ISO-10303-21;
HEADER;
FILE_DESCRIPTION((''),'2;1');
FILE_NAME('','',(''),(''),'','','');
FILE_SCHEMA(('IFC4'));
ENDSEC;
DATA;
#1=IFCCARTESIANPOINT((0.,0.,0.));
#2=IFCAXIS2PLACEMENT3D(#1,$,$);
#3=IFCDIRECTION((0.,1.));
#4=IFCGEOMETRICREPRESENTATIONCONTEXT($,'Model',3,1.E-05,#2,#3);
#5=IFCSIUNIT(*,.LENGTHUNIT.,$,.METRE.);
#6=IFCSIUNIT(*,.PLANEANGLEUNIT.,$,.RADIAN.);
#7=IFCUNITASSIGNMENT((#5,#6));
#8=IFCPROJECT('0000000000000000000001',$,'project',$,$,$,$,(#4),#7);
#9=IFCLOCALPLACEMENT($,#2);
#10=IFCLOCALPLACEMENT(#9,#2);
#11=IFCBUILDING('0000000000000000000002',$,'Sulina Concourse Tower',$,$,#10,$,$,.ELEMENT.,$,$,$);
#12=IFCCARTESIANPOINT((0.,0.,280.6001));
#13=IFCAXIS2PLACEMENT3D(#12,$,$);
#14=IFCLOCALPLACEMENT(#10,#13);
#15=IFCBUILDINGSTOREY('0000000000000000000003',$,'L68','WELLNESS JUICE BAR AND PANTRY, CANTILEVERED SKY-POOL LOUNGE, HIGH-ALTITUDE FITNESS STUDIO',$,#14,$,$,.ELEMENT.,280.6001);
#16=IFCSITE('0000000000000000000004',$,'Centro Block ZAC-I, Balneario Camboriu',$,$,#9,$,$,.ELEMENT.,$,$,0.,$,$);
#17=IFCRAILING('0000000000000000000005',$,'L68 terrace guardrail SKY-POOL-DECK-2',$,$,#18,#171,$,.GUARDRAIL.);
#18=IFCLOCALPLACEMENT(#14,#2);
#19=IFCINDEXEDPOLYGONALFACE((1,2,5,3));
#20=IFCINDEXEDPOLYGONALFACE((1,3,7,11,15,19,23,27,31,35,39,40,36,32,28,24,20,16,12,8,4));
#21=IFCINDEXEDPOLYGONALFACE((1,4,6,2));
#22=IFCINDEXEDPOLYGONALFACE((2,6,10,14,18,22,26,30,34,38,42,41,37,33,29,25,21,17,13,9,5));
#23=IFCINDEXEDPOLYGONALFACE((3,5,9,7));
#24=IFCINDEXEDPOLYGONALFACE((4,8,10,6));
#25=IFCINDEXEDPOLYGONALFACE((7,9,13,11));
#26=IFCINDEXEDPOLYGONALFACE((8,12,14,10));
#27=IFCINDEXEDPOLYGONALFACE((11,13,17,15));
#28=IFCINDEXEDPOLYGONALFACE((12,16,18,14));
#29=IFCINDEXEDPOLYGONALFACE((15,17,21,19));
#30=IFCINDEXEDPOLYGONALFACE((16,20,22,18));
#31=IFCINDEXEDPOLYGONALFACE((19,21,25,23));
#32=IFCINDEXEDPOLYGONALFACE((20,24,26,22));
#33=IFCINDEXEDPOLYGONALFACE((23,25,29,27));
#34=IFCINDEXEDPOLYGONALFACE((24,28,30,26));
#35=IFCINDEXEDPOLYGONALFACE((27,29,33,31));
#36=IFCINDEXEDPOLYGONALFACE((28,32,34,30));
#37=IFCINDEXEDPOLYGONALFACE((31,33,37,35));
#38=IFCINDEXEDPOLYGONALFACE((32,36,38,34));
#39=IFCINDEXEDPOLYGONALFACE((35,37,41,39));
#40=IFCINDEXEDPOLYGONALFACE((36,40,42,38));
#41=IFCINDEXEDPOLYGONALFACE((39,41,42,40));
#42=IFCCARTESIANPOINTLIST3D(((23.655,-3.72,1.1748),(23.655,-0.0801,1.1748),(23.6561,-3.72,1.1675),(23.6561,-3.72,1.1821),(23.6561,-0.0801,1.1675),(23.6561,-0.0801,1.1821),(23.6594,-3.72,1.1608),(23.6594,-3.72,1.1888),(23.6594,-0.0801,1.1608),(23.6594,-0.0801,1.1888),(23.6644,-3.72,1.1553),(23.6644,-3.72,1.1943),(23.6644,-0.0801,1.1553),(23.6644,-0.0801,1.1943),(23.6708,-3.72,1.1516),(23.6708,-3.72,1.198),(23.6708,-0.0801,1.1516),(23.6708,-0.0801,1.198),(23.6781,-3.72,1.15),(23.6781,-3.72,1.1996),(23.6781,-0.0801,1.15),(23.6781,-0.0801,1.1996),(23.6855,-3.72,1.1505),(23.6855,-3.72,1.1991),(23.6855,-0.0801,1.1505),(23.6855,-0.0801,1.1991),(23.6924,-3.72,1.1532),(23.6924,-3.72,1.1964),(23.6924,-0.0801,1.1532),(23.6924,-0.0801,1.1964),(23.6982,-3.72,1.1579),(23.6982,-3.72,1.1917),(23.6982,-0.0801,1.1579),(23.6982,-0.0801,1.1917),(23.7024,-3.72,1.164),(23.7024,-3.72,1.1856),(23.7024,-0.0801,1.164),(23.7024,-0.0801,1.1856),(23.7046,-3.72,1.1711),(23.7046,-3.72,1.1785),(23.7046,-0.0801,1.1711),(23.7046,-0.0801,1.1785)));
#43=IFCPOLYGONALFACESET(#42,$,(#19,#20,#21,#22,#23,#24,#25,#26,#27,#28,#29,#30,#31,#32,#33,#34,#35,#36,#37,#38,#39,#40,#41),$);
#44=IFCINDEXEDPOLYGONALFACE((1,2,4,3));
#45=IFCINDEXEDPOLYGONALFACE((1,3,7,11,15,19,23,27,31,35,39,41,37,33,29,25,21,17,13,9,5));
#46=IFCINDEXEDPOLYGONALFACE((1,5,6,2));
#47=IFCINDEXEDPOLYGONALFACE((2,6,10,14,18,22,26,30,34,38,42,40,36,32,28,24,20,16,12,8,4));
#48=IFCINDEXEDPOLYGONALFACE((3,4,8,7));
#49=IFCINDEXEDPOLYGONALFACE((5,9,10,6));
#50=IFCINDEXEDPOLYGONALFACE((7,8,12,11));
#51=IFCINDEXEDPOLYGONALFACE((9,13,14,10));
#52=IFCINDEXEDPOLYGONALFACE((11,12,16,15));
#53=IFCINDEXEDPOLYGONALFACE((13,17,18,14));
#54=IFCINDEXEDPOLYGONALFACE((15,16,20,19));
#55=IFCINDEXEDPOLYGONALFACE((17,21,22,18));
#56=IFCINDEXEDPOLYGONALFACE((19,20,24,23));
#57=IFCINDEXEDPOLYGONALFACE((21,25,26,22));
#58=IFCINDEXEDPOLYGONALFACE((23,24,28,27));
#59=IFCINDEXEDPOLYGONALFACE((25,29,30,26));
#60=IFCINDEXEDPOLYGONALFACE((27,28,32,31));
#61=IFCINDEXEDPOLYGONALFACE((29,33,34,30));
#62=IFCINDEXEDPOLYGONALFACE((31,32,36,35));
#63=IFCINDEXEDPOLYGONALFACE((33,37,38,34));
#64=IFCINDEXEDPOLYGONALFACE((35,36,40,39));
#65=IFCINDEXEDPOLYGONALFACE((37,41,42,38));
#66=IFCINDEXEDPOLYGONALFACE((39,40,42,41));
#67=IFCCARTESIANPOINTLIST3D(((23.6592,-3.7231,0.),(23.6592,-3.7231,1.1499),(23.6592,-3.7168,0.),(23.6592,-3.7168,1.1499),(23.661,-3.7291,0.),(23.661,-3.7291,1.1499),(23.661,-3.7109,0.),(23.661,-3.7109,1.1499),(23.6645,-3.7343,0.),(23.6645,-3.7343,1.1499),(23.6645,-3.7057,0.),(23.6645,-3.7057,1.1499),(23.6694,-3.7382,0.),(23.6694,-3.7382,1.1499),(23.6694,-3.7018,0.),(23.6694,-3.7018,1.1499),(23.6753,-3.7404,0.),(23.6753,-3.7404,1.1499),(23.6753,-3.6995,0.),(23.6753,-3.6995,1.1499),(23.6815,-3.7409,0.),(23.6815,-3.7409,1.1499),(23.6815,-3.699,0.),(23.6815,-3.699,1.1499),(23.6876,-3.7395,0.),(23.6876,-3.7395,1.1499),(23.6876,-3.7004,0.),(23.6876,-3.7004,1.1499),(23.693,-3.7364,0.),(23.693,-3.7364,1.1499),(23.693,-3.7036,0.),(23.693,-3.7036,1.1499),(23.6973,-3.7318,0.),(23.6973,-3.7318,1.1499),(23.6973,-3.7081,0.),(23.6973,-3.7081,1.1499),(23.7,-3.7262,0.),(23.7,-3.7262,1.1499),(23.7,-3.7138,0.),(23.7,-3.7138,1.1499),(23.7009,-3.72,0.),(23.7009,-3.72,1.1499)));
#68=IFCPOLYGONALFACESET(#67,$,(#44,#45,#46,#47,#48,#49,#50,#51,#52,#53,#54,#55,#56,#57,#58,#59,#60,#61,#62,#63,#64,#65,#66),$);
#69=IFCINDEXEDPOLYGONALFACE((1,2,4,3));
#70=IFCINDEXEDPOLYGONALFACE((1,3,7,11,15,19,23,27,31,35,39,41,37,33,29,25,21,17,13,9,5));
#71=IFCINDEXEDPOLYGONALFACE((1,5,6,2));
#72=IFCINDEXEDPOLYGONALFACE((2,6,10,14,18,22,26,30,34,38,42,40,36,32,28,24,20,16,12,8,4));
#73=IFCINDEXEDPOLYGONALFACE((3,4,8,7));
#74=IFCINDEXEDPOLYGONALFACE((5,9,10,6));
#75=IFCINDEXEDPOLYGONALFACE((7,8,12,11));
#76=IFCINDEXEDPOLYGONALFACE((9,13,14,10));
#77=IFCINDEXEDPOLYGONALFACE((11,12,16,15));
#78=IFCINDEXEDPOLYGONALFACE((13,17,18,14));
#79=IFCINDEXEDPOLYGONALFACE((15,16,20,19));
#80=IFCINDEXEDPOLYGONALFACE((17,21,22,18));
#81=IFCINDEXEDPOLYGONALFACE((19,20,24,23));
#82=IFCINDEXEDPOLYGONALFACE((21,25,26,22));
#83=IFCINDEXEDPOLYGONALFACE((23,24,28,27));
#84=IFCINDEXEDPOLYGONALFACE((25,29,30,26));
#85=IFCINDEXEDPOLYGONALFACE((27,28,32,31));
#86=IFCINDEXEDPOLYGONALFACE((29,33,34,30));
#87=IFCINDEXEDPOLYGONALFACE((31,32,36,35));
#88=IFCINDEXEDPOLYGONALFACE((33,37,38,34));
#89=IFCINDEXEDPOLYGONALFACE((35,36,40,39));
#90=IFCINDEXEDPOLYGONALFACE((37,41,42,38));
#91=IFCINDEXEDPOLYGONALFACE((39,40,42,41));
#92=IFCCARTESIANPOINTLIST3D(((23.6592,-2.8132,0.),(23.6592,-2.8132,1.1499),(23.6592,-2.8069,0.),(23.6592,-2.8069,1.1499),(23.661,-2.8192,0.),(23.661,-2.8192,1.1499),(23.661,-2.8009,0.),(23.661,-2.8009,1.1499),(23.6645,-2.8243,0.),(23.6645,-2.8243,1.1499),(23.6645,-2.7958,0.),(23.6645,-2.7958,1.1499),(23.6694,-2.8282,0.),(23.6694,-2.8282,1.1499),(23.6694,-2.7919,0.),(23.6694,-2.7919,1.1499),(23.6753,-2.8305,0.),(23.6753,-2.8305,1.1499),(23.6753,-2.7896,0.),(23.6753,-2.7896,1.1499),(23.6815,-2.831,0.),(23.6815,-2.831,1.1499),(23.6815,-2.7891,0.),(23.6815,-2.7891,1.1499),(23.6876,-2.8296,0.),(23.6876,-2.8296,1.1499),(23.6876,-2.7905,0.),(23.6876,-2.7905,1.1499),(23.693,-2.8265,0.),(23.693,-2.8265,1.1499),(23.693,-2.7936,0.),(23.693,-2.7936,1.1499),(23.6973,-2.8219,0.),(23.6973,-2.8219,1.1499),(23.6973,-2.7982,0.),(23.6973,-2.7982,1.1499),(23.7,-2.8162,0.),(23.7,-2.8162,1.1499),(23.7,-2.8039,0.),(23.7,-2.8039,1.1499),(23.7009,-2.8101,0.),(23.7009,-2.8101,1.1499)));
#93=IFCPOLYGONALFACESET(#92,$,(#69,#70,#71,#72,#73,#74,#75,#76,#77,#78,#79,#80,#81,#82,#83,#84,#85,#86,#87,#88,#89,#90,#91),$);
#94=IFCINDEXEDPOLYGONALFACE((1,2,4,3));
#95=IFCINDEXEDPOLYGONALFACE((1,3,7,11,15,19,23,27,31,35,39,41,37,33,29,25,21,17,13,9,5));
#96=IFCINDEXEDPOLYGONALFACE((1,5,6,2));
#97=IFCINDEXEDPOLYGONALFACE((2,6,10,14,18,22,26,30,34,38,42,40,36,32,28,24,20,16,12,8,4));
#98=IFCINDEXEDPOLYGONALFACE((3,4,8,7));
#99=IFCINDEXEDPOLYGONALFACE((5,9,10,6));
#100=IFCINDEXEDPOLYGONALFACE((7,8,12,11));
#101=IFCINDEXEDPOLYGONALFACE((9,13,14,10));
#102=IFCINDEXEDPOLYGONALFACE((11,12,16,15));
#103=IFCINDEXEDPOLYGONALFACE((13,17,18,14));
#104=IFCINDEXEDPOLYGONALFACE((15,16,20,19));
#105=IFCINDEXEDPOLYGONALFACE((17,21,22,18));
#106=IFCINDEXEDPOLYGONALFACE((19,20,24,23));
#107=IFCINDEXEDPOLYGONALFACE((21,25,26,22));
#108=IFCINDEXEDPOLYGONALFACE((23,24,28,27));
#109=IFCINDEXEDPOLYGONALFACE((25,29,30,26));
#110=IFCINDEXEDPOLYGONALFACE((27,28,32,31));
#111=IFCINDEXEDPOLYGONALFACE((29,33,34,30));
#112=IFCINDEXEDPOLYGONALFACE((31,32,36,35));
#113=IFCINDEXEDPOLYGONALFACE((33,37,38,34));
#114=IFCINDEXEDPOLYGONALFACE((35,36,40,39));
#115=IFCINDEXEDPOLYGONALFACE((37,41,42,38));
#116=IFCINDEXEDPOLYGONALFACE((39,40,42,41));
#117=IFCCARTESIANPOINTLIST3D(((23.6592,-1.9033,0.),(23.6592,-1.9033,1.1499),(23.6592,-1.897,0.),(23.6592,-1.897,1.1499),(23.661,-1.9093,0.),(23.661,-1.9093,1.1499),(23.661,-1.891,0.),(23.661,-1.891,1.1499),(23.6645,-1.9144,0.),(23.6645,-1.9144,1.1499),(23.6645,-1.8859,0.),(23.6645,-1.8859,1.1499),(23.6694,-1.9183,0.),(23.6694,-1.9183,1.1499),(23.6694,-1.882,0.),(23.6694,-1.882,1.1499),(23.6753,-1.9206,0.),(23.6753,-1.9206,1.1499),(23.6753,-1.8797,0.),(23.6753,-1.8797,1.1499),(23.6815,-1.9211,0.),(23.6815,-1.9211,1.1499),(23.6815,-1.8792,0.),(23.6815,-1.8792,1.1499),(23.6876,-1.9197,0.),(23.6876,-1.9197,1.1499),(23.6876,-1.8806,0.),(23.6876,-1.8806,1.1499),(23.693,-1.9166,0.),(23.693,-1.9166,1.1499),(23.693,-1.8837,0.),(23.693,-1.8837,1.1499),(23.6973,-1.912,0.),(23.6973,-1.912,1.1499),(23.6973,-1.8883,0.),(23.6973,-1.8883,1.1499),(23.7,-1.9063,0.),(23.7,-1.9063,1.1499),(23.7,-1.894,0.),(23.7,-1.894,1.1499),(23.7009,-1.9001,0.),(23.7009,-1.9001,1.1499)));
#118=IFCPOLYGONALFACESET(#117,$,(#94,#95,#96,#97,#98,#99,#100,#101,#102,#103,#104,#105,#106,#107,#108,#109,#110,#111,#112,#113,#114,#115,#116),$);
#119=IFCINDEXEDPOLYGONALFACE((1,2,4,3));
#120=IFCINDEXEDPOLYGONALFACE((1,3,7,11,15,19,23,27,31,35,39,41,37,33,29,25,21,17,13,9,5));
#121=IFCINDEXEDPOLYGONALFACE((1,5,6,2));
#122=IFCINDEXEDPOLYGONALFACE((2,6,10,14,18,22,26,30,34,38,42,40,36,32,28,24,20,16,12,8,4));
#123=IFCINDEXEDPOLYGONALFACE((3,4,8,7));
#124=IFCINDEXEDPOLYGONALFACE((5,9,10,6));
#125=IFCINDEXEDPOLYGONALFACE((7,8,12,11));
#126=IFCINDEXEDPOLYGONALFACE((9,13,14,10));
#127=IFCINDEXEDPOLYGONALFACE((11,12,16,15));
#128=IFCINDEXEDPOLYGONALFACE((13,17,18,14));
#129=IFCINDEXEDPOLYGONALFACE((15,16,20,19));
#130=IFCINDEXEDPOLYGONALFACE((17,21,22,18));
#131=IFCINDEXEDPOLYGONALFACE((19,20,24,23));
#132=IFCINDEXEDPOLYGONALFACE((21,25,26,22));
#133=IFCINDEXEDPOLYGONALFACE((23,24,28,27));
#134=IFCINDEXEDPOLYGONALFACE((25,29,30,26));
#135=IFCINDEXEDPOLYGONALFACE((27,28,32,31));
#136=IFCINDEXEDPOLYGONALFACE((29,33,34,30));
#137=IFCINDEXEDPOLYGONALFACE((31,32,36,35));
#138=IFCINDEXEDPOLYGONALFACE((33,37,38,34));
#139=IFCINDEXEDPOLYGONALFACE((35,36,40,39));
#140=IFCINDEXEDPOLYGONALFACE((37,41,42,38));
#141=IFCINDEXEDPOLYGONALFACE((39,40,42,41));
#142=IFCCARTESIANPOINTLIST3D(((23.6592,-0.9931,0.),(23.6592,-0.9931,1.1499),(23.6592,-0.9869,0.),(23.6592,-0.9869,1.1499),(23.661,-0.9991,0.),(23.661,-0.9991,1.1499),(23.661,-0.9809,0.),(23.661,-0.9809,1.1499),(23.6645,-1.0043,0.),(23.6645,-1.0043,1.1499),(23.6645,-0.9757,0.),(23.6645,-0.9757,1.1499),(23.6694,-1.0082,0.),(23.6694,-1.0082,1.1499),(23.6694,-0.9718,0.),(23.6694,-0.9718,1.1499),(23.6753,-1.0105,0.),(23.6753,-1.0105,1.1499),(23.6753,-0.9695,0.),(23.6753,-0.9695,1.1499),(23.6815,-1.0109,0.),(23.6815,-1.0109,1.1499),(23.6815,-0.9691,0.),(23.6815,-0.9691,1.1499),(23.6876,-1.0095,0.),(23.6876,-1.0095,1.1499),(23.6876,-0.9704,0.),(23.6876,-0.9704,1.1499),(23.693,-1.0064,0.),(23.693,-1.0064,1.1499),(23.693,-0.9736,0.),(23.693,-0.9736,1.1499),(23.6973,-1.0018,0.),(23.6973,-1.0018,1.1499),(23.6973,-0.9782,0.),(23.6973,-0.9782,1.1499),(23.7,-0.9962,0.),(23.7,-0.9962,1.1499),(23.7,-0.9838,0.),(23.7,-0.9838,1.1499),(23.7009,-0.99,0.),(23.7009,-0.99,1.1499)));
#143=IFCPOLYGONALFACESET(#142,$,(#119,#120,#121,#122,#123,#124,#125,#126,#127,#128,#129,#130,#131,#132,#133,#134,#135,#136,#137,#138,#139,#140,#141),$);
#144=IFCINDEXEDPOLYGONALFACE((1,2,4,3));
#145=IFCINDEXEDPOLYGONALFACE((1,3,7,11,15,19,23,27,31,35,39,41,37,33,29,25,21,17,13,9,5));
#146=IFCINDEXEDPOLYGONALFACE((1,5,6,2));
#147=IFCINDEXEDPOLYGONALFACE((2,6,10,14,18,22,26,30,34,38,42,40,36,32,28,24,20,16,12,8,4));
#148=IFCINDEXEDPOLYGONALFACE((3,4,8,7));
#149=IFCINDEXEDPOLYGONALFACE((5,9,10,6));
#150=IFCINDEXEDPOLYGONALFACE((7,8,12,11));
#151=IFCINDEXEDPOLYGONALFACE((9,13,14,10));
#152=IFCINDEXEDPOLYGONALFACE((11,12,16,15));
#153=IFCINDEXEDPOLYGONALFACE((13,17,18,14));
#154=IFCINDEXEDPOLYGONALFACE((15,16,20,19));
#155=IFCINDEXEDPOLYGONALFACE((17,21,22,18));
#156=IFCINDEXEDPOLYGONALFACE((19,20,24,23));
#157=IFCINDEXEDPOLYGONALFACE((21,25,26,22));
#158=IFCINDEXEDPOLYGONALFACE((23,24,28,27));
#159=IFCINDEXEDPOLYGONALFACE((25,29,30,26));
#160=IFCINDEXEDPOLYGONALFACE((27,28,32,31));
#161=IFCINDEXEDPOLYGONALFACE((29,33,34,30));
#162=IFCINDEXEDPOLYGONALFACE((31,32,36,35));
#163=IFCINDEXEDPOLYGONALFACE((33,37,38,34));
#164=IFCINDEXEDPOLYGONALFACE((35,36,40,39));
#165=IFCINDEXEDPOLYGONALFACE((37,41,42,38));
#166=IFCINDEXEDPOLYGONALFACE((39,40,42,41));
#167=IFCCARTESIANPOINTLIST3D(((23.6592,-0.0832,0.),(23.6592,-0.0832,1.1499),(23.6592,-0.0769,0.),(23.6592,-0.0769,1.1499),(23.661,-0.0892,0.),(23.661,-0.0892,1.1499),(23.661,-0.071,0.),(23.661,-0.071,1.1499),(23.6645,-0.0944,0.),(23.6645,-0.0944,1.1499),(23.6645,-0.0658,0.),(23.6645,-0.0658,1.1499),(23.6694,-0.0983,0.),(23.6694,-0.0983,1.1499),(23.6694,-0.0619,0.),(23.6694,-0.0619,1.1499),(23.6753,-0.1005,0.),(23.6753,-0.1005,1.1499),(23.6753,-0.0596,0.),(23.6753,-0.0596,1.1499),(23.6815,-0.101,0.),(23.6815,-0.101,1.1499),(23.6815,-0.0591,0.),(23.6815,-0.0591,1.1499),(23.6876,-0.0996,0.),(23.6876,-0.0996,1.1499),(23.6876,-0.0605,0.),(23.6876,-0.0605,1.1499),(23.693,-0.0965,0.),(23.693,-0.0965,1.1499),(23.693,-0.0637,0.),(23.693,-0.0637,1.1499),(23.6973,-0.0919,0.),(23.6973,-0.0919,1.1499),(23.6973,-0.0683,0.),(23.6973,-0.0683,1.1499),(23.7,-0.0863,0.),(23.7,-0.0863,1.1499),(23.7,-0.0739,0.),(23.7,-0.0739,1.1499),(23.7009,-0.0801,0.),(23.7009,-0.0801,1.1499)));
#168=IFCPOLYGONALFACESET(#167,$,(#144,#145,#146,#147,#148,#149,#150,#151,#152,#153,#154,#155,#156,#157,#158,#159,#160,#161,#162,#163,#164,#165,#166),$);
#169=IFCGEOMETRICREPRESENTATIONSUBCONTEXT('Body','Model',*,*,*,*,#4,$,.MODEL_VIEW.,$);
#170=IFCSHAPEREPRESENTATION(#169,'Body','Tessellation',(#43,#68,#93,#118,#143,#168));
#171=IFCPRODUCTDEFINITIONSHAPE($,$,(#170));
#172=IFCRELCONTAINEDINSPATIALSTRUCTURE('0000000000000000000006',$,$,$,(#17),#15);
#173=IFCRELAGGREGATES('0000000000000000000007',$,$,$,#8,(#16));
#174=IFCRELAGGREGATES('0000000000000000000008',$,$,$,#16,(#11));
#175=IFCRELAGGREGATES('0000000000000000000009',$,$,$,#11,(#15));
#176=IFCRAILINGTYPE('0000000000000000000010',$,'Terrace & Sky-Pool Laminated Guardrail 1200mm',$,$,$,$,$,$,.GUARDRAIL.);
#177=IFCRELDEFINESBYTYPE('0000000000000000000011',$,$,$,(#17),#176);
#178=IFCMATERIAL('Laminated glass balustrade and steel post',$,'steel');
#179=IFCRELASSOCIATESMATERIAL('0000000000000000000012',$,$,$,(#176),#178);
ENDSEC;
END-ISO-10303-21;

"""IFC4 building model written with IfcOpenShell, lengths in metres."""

from ifc_helpers import new_model, si_unit, direction, frame, origin, origin_2d, place, context, subcontext, project, spatial, circle, extrude, material, type_object, element, save


model = new_model("IFC4")

# Units and contexts
model_context = context("Model", 3, precision=1e-05, world=origin(), true_north=direction((0.0, 1.0)))
body_context = subcontext(model_context, "Body", "Model", "MODEL_VIEW")
ifc_project = project(units=[si_unit("LENGTHUNIT", "METRE"), si_unit("PLANEANGLEUNIT", "RADIAN")], contexts=[model_context])

# Site, building, storey
site_placement = place(None, origin())
site = spatial("IfcSite", under=ifc_project, at=site_placement, Name="Centro Block ZAC-I, Balneario Camboriu", CompositionType="ELEMENT", RefElevation=0.0)
building_placement = place(site_placement, origin())
building = spatial("IfcBuilding", under=site, at=building_placement, Name="Sulina Concourse Tower", CompositionType="ELEMENT")
storey_placement = place(building_placement, frame((0.0, 0.0, 280.6001)))
storey = spatial("IfcBuildingStorey", under=building, at=storey_placement, Name="L68", Description="WELLNESS JUICE BAR AND PANTRY, CANTILEVERED SKY-POOL LOUNGE, HIGH-ALTITUDE FITNESS STUDIO", CompositionType="ELEMENT", Elevation=280.6001)

# Railing
ifc_material_1 = material(Name="Laminated glass balustrade and steel post", Category="steel")
railing_type = type_object("IfcRailingType", Name="Terrace & Sky-Pool Laminated Guardrail 1200mm", PredefinedType="GUARDRAIL", material=ifc_material_1)
railing_1_placement = place(storey_placement, frame((23.6799, -3.72, 0.0)))
element("IfcRailing", 1, at=railing_1_placement, inside=storey, type_object=railing_type, Name="L68 terrace guardrail SKY-POOL-DECK-2", PredefinedType="GUARDRAIL", context=body_context, shape_type="SweptSolid", body=[
    extrude(circle(Radius=0.0249, at=origin_2d()), frame((0.0, 0.0, 1.1748), z_axis=(0.0, 1.0, 0.0), x_axis=(-1.0, 0.0, 0.0)), (0.0, 0.0, 1.0), 3.6399),
    extrude(circle(Radius=0.021, at=origin_2d()), origin(), (0.0, 0.0, 1.0), 1.1499),
    extrude(circle(Radius=0.021, at=origin_2d()), frame((0.0, 0.9099, 0.0)), (0.0, 0.0, 1.0), 1.1499),
    extrude(circle(Radius=0.021, at=origin_2d()), frame((0.0, 1.8198, 0.0)), (0.0, 0.0, 1.0), 1.1499),
    extrude(circle(Radius=0.021, at=origin_2d()), frame((0.0, 2.73, 0.0)), (0.0, 0.0, 1.0), 1.1499),
    extrude(circle(Radius=0.021, at=origin_2d()), frame((0.0, 3.6399, 0.0)), (0.0, 0.0, 1.0), 1.1499),
])

save(model, "model.ifc")
